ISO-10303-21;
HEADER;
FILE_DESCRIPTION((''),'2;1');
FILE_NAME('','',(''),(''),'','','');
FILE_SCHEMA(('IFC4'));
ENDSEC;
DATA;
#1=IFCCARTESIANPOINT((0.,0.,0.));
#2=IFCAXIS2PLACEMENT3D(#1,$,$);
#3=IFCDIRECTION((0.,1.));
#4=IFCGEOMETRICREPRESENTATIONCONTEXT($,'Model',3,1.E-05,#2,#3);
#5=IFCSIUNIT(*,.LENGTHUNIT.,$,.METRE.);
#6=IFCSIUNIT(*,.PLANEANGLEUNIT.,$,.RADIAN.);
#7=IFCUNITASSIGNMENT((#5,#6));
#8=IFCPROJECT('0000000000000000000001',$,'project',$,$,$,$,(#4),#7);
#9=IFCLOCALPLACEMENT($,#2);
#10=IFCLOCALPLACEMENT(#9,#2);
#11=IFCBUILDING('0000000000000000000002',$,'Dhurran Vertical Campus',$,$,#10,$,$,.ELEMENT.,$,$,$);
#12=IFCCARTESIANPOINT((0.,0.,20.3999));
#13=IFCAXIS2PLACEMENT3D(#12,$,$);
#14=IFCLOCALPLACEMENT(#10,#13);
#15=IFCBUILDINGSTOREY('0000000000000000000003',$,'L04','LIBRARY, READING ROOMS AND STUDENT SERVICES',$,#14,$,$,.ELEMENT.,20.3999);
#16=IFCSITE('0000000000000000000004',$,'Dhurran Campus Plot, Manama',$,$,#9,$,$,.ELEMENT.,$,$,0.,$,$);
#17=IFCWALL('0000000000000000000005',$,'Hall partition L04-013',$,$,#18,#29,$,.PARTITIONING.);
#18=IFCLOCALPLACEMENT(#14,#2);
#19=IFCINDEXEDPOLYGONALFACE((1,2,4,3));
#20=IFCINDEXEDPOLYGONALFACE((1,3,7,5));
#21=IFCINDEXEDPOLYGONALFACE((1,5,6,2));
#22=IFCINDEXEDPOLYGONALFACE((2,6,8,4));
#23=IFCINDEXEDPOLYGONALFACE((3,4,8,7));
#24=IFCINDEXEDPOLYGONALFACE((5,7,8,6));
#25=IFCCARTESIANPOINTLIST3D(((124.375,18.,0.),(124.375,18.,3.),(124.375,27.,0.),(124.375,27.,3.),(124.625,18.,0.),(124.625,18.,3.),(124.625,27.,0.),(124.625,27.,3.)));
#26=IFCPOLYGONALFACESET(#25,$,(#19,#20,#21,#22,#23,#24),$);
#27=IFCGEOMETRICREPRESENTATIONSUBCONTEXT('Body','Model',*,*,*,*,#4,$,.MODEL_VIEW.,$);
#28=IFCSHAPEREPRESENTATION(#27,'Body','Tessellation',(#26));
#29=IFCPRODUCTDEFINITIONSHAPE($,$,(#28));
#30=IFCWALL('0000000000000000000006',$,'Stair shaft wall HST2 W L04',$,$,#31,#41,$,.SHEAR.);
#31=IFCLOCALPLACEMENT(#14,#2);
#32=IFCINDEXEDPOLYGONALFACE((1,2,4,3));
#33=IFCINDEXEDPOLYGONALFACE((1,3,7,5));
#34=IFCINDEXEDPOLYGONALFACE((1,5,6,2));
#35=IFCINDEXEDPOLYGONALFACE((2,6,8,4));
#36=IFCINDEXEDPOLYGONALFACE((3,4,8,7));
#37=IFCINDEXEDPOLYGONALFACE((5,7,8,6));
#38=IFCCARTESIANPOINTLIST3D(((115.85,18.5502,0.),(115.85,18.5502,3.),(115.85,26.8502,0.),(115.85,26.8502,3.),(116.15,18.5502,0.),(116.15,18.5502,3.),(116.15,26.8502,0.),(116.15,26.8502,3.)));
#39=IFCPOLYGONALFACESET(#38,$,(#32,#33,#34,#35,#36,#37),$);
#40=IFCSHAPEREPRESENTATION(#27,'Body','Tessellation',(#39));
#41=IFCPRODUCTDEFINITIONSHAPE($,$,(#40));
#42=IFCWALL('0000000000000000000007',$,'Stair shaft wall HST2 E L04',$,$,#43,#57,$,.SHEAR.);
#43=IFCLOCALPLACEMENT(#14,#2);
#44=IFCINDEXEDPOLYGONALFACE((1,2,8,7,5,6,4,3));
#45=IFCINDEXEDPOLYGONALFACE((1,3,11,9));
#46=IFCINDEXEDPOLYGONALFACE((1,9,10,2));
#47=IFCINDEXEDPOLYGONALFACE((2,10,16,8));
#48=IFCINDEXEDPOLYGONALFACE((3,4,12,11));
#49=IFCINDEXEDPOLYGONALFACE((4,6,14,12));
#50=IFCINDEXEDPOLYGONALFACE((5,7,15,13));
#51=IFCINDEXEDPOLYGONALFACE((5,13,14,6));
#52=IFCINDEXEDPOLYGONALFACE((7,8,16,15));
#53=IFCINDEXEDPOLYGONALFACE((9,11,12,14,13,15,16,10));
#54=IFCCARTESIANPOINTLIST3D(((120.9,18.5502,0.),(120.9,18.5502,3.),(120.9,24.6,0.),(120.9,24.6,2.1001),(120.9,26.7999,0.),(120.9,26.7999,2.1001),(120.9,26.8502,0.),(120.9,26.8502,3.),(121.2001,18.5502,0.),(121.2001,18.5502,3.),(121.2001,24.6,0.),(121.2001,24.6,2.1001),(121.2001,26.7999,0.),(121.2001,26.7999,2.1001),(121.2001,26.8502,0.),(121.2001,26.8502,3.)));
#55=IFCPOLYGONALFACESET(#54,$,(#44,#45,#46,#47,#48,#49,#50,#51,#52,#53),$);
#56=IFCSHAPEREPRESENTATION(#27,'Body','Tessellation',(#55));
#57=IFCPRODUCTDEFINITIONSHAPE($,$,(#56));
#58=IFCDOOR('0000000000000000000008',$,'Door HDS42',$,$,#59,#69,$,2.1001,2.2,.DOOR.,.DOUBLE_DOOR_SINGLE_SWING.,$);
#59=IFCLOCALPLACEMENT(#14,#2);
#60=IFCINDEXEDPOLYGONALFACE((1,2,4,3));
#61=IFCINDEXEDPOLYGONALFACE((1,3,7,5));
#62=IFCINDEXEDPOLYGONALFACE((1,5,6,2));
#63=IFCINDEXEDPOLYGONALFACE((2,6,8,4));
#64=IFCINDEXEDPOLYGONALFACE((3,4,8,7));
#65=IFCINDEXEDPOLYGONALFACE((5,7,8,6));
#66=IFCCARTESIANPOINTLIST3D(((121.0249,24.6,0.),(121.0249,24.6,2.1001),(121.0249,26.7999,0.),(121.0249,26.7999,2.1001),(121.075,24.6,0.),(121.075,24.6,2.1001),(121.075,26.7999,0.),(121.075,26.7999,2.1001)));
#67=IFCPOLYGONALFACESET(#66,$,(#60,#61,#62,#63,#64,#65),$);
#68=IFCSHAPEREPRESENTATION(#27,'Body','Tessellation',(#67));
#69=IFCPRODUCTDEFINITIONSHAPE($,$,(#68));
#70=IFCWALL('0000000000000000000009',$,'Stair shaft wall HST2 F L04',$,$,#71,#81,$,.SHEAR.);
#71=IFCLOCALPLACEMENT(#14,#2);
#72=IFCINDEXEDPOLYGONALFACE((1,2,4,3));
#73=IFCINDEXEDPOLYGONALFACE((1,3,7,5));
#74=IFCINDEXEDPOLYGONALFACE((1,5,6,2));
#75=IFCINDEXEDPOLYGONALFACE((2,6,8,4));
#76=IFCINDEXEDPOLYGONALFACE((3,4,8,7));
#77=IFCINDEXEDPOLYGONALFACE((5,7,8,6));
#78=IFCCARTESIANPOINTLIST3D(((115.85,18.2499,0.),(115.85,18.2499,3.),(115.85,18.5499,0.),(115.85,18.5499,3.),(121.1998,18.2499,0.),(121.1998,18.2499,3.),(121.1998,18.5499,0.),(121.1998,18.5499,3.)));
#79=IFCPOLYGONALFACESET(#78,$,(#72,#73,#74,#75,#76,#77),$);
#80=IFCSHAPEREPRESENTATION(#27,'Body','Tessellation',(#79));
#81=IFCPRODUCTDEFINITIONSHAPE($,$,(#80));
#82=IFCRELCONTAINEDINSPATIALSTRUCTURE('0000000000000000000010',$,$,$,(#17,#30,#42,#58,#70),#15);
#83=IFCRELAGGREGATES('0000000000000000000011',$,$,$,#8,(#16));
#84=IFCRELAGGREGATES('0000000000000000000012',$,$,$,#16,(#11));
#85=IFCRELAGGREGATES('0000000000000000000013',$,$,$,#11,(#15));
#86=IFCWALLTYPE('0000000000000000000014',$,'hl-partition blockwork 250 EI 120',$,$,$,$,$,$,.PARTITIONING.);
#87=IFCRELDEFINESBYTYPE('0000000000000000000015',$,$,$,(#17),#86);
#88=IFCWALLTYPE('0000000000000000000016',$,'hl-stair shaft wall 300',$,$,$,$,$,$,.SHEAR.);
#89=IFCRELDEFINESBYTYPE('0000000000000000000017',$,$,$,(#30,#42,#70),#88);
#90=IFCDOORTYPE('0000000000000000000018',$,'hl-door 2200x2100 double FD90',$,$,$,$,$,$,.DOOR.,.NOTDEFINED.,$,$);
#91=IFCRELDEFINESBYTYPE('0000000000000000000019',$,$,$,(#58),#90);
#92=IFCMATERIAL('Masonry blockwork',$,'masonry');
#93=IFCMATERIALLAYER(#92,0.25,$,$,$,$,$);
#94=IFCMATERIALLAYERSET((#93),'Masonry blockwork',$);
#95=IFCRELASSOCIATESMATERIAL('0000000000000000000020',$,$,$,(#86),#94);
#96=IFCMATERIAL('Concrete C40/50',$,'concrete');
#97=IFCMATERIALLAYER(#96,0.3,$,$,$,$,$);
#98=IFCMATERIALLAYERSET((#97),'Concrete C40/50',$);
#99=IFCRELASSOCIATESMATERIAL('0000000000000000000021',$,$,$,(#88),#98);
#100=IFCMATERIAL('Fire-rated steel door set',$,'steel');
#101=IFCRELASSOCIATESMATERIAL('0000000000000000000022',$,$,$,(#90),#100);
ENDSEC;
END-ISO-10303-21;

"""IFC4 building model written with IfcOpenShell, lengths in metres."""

from ifc_helpers import new_model, si_unit, direction, frame, frame_2d, origin, place, context, subcontext, project, spatial, rectangle, extrude, material, layer, layer_set, type_object, element, fill, save


model = new_model("IFC4")

# Units and contexts
model_context = context("Model", 3, precision=1e-05, world=origin(), true_north=direction((0.0, 1.0)))
body_context = subcontext(model_context, "Body", "Model", "MODEL_VIEW")
ifc_project = project(units=[si_unit("LENGTHUNIT", "METRE"), si_unit("PLANEANGLEUNIT", "RADIAN")], contexts=[model_context])

# Site, building, storey
site_placement = place(None, origin())
site = spatial("IfcSite", under=ifc_project, at=site_placement, Name="Dhurran Campus Plot, Manama", CompositionType="ELEMENT", RefElevation=0.0)
building_placement = place(site_placement, origin())
building = spatial("IfcBuilding", under=site, at=building_placement, Name="Dhurran Vertical Campus", CompositionType="ELEMENT")
storey_placement = place(building_placement, frame((0.0, 0.0, 20.3999)))
storey = spatial("IfcBuildingStorey", under=building, at=storey_placement, Name="L04", Description="LIBRARY, READING ROOMS AND STUDENT SERVICES", CompositionType="ELEMENT", Elevation=20.3999)

# Shared definitions
ifc_material_1 = material(Name="Masonry blockwork", Category="masonry")
ifc_layer_1 = layer(ifc_material_1, 0.25)
ifc_layer_set_1 = layer_set([ifc_layer_1], Name="Masonry blockwork")
wall_type_1 = type_object("IfcWallType", Name="hl-partition blockwork 250 EI 120", PredefinedType="PARTITIONING", material=ifc_layer_set_1)

# Walls
wall_1_placement = place(storey_placement, frame((124.5, 18.0, 0.0), z_axis=(0.0, 0.0, 1.0), x_axis=(0.0, 1.0, 0.0)))
element("IfcWall", 1, at=wall_1_placement, inside=storey, type_object=wall_type_1, Name="Hall partition L04-013", PredefinedType="PARTITIONING", context=body_context, shape_type="SweptSolid", body=[
    extrude(rectangle(XDim=9.0, YDim=0.25, at=frame_2d((4.5, 0.0))), origin(), (0.0, 0.0, 1.0), 3.0),
])
ifc_material_2 = material(Name="Concrete C40/50", Category="concrete")
ifc_layer_2 = layer(ifc_material_2, 0.3)
ifc_layer_set_2 = layer_set([ifc_layer_2], Name="Concrete C40/50")
wall_type_2 = type_object("IfcWallType", Name="hl-stair shaft wall 300", PredefinedType="SHEAR", material=ifc_layer_set_2)
wall_2_placement = place(storey_placement, frame((116.0, 26.8501, 0.0), z_axis=(0.0, 0.0, 1.0), x_axis=(0.0, -1.0, 0.0)))
element("IfcWall", 2, at=wall_2_placement, inside=storey, type_object=wall_type_2, Name="Stair shaft wall HST2 W L04", PredefinedType="SHEAR", context=body_context, shape_type="SweptSolid", body=[
    extrude(rectangle(XDim=8.3, YDim=0.3, at=frame_2d((4.1499, 0.0))), origin(), (0.0, 0.0, 1.0), 3.0),
])

# Wall, opening, door
wall_3_placement = place(storey_placement, frame((121.05, 26.8501, 0.0), z_axis=(0.0, 0.0, 1.0), x_axis=(0.0, -1.0, 0.0)))
wall_3 = element("IfcWall", 3, at=wall_3_placement, inside=storey, type_object=wall_type_2, Name="Stair shaft wall HST2 E L04", PredefinedType="SHEAR", context=body_context, shape_type="SweptSolid", body=[
    extrude(rectangle(XDim=8.3, YDim=0.3, at=frame_2d((4.1499, 0.0))), origin(), (0.0, 0.0, 1.0), 3.0),
])
opening_1_placement = place(wall_3_placement, frame((0.05, 0.0, 0.0)))
opening_1 = element("IfcOpeningElement", 4, at=opening_1_placement, cuts=wall_3, PredefinedType="OPENING", context=body_context, shape_type="SweptSolid", body=[
    extrude(rectangle(XDim=2.2, YDim=2.1001, at=frame_2d((1.1001, 1.05))), frame((0.0, 0.1599, 0.0), z_axis=(0.0, -1.0, 0.0), x_axis=(1.0, 0.0, 0.0)), (0.0, 0.0, 1.0), 0.3201),
])
ifc_material_3 = material(Name="Fire-rated steel door set", Category="steel")
door_type_1 = type_object("IfcDoorType", Name="hl-door 2200x2100 double FD90", OperationType="NOTDEFINED", PredefinedType="DOOR", material=ifc_material_3)
door_1_placement = place(opening_1_placement, origin())
door_1 = element("IfcDoor", 5, at=door_1_placement, inside=storey, type_object=door_type_1, Name="Door HDS42", OperationType="DOUBLE_DOOR_SINGLE_SWING", OverallHeight=2.1001, OverallWidth=2.2, PredefinedType="DOOR", context=body_context, shape_type="SweptSolid", body=[
    extrude(rectangle(XDim=2.2, YDim=2.1001, at=frame_2d((1.1001, 1.05))), frame((0.0, 0.0249, 0.0), z_axis=(0.0, -1.0, 0.0), x_axis=(1.0, 0.0, 0.0)), (0.0, 0.0, 1.0), 0.05),
])
fill(opening_1, door_1)

# Wall
wall_4_placement = place(storey_placement, frame((115.8501, 18.3999, 0.0), z_axis=(0.0, 0.0, 1.0), x_axis=(1.0, 0.0, 0.0)))
element("IfcWall", 6, at=wall_4_placement, inside=storey, type_object=wall_type_2, Name="Stair shaft wall HST2 F L04", PredefinedType="SHEAR", context=body_context, shape_type="SweptSolid", body=[
    extrude(rectangle(XDim=5.3499, YDim=0.3, at=frame_2d((2.6748, 0.0))), origin(), (0.0, 0.0, 1.0), 3.0),
])

save(model, "model.ifc")
